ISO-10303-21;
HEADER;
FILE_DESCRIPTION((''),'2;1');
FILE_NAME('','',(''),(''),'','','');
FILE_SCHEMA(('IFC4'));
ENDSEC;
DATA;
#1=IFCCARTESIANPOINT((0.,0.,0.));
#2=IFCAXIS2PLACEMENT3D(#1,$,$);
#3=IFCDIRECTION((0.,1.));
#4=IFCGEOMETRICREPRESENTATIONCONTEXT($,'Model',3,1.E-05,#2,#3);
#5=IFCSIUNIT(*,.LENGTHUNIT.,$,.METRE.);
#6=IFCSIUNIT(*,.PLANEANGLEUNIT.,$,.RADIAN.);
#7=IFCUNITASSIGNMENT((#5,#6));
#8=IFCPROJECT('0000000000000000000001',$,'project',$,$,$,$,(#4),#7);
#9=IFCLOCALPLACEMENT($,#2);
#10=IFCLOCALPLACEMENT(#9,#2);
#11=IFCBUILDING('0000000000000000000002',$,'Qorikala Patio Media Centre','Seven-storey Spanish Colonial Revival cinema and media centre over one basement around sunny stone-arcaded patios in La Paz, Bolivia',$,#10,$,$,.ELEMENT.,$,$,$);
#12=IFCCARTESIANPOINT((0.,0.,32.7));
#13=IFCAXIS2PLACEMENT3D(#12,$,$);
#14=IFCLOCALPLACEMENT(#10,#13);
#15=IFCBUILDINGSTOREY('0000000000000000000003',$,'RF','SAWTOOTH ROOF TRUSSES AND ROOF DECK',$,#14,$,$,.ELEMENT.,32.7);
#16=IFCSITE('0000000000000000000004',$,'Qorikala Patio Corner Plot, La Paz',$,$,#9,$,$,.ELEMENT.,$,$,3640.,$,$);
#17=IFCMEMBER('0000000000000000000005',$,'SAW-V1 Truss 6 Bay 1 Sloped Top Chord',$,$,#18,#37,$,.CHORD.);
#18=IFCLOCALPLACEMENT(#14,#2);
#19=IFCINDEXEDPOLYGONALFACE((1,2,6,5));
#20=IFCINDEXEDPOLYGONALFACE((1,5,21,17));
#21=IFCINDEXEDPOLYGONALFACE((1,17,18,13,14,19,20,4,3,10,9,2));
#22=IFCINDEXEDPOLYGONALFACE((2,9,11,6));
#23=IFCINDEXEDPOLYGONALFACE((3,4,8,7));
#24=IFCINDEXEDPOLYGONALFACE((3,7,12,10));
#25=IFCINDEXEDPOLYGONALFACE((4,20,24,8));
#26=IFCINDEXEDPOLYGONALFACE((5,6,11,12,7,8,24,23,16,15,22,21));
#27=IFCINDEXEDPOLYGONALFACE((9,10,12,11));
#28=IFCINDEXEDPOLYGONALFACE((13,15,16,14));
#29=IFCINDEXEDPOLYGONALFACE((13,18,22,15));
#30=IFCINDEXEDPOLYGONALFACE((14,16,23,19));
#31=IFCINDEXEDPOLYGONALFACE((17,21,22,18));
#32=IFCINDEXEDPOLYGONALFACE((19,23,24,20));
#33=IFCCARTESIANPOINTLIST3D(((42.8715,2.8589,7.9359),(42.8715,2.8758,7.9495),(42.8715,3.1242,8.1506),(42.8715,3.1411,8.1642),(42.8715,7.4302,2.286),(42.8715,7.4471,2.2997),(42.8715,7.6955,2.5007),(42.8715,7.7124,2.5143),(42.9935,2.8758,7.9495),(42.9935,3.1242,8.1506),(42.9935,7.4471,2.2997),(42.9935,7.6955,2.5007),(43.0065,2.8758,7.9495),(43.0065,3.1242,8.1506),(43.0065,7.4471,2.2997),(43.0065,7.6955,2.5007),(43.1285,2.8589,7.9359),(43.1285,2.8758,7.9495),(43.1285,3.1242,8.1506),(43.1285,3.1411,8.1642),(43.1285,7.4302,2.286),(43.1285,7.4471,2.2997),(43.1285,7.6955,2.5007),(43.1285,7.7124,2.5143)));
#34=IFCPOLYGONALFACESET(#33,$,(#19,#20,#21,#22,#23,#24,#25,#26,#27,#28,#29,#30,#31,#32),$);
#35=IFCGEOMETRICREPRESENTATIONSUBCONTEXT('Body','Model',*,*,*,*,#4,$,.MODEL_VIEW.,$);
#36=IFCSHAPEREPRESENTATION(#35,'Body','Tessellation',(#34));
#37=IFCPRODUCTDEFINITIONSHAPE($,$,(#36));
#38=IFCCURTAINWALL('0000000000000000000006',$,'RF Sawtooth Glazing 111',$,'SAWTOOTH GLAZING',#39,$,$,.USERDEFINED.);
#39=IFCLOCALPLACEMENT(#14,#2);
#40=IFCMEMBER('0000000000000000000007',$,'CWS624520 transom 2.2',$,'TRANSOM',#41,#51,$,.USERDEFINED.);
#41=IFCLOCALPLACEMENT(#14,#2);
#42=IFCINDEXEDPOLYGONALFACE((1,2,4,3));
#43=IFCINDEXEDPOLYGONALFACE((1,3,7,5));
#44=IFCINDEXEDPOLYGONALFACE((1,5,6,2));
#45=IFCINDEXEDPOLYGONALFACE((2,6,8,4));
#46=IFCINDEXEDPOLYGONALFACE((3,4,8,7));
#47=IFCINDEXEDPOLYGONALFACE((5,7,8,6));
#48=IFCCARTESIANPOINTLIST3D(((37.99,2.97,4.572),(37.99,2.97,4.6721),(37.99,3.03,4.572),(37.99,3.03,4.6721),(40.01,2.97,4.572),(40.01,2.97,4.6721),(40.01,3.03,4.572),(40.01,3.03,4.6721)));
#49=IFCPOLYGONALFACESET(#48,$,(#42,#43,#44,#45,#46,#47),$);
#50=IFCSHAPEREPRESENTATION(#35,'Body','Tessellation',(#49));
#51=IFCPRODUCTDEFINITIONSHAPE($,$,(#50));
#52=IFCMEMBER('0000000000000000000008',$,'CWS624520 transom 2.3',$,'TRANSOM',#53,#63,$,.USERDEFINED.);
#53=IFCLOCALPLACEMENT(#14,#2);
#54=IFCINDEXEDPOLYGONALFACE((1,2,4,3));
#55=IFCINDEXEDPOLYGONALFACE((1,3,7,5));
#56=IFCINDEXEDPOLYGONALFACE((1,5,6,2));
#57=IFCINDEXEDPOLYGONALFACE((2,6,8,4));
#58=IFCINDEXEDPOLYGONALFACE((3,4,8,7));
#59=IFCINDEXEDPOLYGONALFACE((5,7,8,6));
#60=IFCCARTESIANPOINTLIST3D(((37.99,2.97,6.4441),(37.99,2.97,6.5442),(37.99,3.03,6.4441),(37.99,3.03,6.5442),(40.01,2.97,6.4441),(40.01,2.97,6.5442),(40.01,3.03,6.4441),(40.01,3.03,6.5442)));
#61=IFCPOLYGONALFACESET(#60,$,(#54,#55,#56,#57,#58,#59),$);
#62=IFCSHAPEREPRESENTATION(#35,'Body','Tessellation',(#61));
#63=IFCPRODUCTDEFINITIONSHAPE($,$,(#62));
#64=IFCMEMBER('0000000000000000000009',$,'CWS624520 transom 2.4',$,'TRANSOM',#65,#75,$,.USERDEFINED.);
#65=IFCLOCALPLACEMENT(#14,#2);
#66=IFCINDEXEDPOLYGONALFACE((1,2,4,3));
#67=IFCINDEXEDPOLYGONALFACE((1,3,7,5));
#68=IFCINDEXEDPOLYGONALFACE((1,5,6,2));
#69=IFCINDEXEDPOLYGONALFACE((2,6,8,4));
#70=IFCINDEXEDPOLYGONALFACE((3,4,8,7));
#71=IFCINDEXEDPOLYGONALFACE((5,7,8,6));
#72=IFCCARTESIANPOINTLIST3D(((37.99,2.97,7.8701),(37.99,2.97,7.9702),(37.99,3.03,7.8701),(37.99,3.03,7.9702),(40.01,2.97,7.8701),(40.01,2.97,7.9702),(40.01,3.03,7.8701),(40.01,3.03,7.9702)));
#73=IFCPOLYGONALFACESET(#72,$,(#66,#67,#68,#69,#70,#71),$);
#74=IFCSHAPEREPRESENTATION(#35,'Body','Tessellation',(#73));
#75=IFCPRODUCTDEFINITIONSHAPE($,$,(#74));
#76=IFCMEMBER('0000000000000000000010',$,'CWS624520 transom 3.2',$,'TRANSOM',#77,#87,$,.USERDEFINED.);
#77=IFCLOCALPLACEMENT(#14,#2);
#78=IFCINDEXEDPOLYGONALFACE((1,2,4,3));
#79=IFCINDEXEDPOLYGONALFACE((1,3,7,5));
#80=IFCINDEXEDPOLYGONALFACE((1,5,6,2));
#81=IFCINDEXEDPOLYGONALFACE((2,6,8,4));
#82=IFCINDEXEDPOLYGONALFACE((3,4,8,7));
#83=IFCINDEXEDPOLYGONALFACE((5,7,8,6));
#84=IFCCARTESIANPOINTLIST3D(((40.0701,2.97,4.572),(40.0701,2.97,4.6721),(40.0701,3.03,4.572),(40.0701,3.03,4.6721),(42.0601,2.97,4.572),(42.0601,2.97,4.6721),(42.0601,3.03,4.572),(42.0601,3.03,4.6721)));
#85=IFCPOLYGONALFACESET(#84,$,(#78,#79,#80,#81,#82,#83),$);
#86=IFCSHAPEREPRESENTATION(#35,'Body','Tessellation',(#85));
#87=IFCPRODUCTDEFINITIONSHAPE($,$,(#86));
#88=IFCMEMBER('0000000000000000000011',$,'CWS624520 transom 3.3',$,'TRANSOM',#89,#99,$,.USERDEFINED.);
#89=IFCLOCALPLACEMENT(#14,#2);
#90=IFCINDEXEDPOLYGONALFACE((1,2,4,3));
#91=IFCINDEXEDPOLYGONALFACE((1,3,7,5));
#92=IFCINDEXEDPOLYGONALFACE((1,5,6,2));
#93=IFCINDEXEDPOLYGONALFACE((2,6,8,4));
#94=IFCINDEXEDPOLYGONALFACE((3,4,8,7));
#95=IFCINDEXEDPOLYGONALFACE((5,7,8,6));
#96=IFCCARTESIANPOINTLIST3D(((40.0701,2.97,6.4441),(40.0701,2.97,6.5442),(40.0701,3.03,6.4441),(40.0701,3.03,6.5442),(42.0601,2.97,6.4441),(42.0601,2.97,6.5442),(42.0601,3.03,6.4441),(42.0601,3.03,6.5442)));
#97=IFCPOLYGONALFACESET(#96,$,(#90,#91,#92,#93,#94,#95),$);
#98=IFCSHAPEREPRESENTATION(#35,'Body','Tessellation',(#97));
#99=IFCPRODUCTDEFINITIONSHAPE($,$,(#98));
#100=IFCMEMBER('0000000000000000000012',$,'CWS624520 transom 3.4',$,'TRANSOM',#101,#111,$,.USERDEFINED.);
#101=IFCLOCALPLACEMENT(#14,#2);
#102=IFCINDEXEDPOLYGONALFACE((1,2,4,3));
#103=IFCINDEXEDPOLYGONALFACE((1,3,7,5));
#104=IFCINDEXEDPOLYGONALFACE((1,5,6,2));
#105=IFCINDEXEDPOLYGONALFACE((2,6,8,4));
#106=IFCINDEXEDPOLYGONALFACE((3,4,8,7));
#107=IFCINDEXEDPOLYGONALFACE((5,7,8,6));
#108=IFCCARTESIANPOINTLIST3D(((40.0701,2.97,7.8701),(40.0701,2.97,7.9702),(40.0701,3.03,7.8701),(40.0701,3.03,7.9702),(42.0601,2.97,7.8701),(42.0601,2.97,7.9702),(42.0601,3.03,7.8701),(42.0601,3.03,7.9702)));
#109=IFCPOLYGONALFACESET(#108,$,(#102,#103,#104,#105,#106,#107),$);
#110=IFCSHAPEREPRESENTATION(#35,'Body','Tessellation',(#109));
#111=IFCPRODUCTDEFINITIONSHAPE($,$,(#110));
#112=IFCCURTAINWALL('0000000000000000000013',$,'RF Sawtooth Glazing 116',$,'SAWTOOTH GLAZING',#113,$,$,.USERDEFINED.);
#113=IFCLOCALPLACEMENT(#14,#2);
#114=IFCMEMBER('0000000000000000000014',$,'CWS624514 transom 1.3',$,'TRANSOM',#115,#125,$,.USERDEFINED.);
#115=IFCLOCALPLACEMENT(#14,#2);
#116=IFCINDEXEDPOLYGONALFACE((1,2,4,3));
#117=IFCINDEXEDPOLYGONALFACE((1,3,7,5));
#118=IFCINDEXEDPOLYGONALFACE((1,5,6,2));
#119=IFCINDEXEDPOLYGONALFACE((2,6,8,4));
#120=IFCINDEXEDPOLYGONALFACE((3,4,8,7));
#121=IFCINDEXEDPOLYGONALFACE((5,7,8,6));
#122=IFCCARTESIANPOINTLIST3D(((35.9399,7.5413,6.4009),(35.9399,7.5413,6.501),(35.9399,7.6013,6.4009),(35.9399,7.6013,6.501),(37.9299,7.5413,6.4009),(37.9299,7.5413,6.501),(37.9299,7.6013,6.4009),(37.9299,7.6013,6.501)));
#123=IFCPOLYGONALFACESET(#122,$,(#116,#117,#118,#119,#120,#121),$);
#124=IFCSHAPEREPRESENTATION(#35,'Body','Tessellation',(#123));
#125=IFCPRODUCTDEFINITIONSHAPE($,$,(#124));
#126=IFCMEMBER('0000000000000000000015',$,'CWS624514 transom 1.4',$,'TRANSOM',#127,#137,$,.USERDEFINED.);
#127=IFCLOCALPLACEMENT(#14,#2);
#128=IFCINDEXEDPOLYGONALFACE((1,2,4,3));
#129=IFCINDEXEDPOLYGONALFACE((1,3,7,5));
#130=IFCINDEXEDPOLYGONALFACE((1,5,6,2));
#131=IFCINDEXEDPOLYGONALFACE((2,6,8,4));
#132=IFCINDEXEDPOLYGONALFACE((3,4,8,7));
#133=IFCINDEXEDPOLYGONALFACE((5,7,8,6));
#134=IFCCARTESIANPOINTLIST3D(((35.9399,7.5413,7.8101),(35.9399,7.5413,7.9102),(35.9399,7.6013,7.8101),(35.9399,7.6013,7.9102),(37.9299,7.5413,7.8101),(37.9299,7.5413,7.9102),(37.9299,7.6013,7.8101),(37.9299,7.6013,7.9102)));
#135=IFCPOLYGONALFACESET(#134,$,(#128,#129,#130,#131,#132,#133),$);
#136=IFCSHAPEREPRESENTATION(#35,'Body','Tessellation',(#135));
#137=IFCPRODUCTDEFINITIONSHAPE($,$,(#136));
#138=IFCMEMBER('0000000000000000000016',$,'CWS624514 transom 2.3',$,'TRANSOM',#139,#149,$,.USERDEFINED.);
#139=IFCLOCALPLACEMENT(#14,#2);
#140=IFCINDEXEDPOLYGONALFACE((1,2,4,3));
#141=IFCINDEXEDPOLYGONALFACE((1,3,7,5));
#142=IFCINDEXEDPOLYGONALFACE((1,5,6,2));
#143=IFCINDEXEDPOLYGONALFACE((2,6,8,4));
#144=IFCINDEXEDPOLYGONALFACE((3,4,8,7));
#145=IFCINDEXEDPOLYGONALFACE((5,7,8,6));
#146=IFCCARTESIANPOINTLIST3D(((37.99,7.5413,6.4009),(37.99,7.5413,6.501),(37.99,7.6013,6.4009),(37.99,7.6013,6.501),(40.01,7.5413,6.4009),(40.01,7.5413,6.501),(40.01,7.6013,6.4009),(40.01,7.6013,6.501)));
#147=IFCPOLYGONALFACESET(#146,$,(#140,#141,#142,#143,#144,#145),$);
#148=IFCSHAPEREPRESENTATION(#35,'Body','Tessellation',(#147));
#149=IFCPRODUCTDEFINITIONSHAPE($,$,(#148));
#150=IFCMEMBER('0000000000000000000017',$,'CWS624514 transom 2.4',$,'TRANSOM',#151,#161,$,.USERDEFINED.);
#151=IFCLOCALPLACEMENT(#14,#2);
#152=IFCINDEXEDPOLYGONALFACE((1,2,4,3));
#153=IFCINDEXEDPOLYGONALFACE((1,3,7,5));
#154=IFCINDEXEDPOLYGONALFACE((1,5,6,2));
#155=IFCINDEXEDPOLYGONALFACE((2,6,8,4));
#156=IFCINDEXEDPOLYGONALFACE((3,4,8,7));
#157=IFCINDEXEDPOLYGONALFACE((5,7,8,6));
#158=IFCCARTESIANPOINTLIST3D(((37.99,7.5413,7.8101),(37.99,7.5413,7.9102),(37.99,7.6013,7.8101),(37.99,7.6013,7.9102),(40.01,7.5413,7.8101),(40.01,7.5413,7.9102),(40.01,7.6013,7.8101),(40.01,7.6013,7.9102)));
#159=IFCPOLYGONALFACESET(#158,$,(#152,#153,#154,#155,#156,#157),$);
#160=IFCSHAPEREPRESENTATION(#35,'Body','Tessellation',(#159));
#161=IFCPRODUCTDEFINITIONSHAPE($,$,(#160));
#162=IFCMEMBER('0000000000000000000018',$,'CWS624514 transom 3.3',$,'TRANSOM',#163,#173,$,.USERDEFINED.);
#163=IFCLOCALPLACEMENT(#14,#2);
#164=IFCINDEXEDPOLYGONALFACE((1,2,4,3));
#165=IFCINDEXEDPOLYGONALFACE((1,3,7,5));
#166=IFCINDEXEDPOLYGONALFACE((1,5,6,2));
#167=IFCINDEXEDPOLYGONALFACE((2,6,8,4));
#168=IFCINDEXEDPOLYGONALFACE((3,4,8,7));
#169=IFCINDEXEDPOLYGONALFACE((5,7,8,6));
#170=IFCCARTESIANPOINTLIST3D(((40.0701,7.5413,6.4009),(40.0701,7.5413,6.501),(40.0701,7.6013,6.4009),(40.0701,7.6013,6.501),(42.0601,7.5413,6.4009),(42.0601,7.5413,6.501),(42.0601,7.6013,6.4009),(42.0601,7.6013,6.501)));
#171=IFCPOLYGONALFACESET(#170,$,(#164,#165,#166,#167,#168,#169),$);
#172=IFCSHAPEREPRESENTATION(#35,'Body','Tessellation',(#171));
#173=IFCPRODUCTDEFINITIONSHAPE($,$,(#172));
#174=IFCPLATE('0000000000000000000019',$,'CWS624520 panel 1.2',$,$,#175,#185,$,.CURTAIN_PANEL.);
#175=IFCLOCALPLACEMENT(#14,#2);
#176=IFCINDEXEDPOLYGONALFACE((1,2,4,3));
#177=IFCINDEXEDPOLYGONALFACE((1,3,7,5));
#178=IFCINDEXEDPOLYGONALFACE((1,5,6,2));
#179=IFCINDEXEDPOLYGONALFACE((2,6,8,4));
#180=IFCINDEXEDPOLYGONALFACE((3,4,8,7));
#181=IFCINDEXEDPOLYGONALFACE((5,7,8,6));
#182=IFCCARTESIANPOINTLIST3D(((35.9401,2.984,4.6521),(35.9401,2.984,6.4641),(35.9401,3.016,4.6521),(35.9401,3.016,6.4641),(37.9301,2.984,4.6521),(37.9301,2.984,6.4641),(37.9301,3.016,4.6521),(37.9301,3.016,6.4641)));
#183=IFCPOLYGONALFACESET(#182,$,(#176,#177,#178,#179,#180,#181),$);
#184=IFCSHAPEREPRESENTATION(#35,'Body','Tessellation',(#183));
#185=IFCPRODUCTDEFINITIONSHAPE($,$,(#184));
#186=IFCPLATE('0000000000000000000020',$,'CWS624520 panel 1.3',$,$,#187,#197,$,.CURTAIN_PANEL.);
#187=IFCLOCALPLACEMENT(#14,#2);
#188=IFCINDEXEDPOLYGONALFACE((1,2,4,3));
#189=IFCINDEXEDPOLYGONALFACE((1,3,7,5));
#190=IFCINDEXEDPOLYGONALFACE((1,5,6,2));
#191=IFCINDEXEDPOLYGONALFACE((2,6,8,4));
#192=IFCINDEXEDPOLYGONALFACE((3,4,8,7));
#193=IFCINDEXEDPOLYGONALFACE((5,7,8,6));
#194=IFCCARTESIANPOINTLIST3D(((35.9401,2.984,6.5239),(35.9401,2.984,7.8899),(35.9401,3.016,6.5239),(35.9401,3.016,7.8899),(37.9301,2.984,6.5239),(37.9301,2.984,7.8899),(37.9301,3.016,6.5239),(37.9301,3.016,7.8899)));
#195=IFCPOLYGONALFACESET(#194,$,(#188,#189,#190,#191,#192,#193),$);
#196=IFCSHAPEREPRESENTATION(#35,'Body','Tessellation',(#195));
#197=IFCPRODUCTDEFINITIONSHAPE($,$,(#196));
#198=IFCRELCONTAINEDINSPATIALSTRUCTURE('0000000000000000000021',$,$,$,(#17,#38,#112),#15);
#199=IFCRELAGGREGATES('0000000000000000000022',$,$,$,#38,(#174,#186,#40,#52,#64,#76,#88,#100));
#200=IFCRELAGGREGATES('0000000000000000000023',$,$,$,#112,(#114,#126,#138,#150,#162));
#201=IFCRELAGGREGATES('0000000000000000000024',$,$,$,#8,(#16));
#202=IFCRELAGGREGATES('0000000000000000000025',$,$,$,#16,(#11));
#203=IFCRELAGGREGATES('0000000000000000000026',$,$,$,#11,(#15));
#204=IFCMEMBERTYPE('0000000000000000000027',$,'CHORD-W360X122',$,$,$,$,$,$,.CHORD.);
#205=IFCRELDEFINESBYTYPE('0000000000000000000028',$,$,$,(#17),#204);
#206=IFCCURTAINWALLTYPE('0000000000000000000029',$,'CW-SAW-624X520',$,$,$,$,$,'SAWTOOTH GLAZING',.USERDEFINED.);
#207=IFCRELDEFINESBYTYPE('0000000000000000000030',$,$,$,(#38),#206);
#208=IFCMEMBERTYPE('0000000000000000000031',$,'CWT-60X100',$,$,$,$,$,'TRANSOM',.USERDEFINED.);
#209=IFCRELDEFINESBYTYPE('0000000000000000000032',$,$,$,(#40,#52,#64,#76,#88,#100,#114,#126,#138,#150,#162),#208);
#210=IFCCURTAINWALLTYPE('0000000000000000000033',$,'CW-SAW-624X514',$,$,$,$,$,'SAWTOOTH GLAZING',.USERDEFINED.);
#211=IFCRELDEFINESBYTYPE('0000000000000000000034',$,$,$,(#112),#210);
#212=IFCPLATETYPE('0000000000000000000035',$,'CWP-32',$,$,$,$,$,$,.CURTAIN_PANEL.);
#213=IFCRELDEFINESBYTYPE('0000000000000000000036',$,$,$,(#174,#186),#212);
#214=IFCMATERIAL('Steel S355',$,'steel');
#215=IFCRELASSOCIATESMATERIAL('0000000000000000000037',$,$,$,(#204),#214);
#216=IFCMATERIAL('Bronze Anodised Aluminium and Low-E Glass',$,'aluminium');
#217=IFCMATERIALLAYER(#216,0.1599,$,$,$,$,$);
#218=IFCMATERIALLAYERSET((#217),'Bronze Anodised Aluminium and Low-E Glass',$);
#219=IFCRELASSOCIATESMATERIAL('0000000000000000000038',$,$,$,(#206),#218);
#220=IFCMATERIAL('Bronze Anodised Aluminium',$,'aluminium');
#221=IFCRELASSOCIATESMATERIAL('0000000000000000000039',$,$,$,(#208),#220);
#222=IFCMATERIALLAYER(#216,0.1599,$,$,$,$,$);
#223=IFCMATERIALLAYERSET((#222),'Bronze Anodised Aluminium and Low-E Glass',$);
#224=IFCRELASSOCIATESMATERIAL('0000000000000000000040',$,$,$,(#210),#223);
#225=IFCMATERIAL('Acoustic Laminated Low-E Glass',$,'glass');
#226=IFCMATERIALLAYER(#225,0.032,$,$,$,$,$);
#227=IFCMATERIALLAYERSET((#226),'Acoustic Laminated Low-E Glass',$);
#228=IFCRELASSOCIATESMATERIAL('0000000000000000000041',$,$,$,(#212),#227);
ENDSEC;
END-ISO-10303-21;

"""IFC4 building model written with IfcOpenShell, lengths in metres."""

from ifc_helpers import new_model, si_unit, direction, frame, origin, origin_2d, place, context, subcontext, project, spatial, rectangle, i_section, extrude, material, layer, layer_set, material_profile, profile_set, type_object, element, aggregate, save


model = new_model("IFC4")

# Units and contexts
model_context = context("Model", 3, precision=1e-05, world=origin(), true_north=direction((0.0, 1.0)))
body_context = subcontext(model_context, "Body", "Model", "MODEL_VIEW")
ifc_project = project(units=[si_unit("LENGTHUNIT", "METRE"), si_unit("PLANEANGLEUNIT", "RADIAN")], contexts=[model_context])

# Site, building, storey
site_placement = place(None, origin())
site = spatial("IfcSite", under=ifc_project, at=site_placement, Name="Qorikala Patio Corner Plot, La Paz", CompositionType="ELEMENT", RefElevation=3640.0)
building_placement = place(site_placement, origin())
building = spatial("IfcBuilding", under=site, at=building_placement, Name="Qorikala Patio Media Centre", Description="Seven-storey Spanish Colonial Revival cinema and media centre over one basement around sunny stone-arcaded patios in La Paz, Bolivia", CompositionType="ELEMENT")
storey_placement = place(building_placement, frame((0.0, 0.0, 32.7)))
storey = spatial("IfcBuildingStorey", under=building, at=storey_placement, Name="RF", Description="SAWTOOTH ROOF TRUSSES AND ROOF DECK", CompositionType="ELEMENT", Elevation=32.7)

# Member
ifc_material_1 = material(Name="Steel S355", Category="steel")
ifc_material_profile_1 = material_profile(ifc_material_1, i_section(OverallWidth=0.2571, OverallDepth=0.363, WebThickness=0.0129, FlangeThickness=0.0217, at=origin_2d()), Name="W360X122")
ifc_profile_set_1 = profile_set([ifc_material_profile_1], Name="Steel S355")
member_type_1 = type_object("IfcMemberType", Name="CHORD-W360X122", PredefinedType="CHORD", material=ifc_profile_set_1)
member_1_placement = place(storey_placement, frame((43.0, 3.0, 8.05), z_axis=(0.0, 0.628995, -0.777409), x_axis=(-1.0, 0.0, 0.0)))
element("IfcMember", 1, at=member_1_placement, inside=storey, type_object=member_type_1, Name="SAW-V1 Truss 6 Bay 1 Sloped Top Chord", PredefinedType="CHORD", context=body_context, shape_type="SweptSolid", body=[
    extrude(i_section(OverallWidth=0.2571, OverallDepth=0.363, WebThickness=0.0129, FlangeThickness=0.0217, at=origin_2d()), origin(), (0.0, 0.0, 1.0), 7.2676),
])

# Curtain walls, members
ifc_material_2 = material(Name="Bronze Anodised Aluminium and Low-E Glass", Category="aluminium")
ifc_layer_1 = layer(ifc_material_2, 0.1599)
ifc_layer_set_1 = layer_set([ifc_layer_1], Name="Bronze Anodised Aluminium and Low-E Glass")
curtain_wall_type_1 = type_object("IfcCurtainWallType", Name="CW-SAW-624X520", ElementType="SAWTOOTH GLAZING", PredefinedType="USERDEFINED", material=ifc_layer_set_1)
curtain_wall_1_placement = place(storey_placement, origin())
curtain_wall_1 = element("IfcCurtainWall", 2, at=curtain_wall_1_placement, inside=storey, type_object=curtain_wall_type_1, Name="RF Sawtooth Glazing 111", ObjectType="SAWTOOTH GLAZING", PredefinedType="USERDEFINED")
ifc_material_3 = material(Name="Bronze Anodised Aluminium", Category="aluminium")
ifc_material_profile_2 = material_profile(ifc_material_3, rectangle(XDim=0.0601, YDim=0.1001, at=origin_2d()), Name="ALU TRANSOM 60x100")
ifc_profile_set_2 = profile_set([ifc_material_profile_2], Name="Bronze Anodised Aluminium")
member_type_2 = type_object("IfcMemberType", Name="CWT-60X100", ElementType="TRANSOM", PredefinedType="USERDEFINED", material=ifc_profile_set_2)
member_2_placement = place(storey_placement, frame((37.99, 3.0, 4.6221), z_axis=(1.0, 0.0, 0.0), x_axis=(0.0, 1.0, 0.0)))
member_2 = element("IfcMember", 3, at=member_2_placement, type_object=member_type_2, Name="CWS624520 transom 2.2", ObjectType="TRANSOM", PredefinedType="USERDEFINED", context=body_context, shape_type="SweptSolid", body=[
    extrude(rectangle(XDim=0.0601, YDim=0.1001, at=origin_2d()), origin(), (0.0, 0.0, 1.0), 2.02),
])
member_3_placement = place(storey_placement, frame((37.99, 3.0, 6.4941), z_axis=(1.0, 0.0, 0.0), x_axis=(0.0, 1.0, 0.0)))
member_3 = element("IfcMember", 4, at=member_3_placement, type_object=member_type_2, Name="CWS624520 transom 2.3", ObjectType="TRANSOM", PredefinedType="USERDEFINED", context=body_context, shape_type="SweptSolid", body=[
    extrude(rectangle(XDim=0.0601, YDim=0.1001, at=origin_2d()), origin(), (0.0, 0.0, 1.0), 2.02),
])
member_4_placement = place(storey_placement, frame((37.99, 3.0, 7.9202), z_axis=(1.0, 0.0, 0.0), x_axis=(0.0, 1.0, 0.0)))
member_4 = element("IfcMember", 5, at=member_4_placement, type_object=member_type_2, Name="CWS624520 transom 2.4", ObjectType="TRANSOM", PredefinedType="USERDEFINED", context=body_context, shape_type="SweptSolid", body=[
    extrude(rectangle(XDim=0.0601, YDim=0.1001, at=origin_2d()), origin(), (0.0, 0.0, 1.0), 2.02),
])
member_5_placement = place(storey_placement, frame((40.0701, 3.0, 4.6221), z_axis=(1.0, 0.0, 0.0), x_axis=(0.0, 1.0, 0.0)))
member_5 = element("IfcMember", 6, at=member_5_placement, type_object=member_type_2, Name="CWS624520 transom 3.2", ObjectType="TRANSOM", PredefinedType="USERDEFINED", context=body_context, shape_type="SweptSolid", body=[
    extrude(rectangle(XDim=0.0601, YDim=0.1001, at=origin_2d()), origin(), (0.0, 0.0, 1.0), 1.99),
])
member_6_placement = place(storey_placement, frame((40.0701, 3.0, 6.4941), z_axis=(1.0, 0.0, 0.0), x_axis=(0.0, 1.0, 0.0)))
member_6 = element("IfcMember", 7, at=member_6_placement, type_object=member_type_2, Name="CWS624520 transom 3.3", ObjectType="TRANSOM", PredefinedType="USERDEFINED", context=body_context, shape_type="SweptSolid", body=[
    extrude(rectangle(XDim=0.0601, YDim=0.1001, at=origin_2d()), origin(), (0.0, 0.0, 1.0), 1.99),
])
member_7_placement = place(storey_placement, frame((40.0701, 3.0, 7.9202), z_axis=(1.0, 0.0, 0.0), x_axis=(0.0, 1.0, 0.0)))
member_7 = element("IfcMember", 8, at=member_7_placement, type_object=member_type_2, Name="CWS624520 transom 3.4", ObjectType="TRANSOM", PredefinedType="USERDEFINED", context=body_context, shape_type="SweptSolid", body=[
    extrude(rectangle(XDim=0.0601, YDim=0.1001, at=origin_2d()), origin(), (0.0, 0.0, 1.0), 1.99),
])
ifc_layer_2 = layer(ifc_material_2, 0.1599)
ifc_layer_set_2 = layer_set([ifc_layer_2], Name="Bronze Anodised Aluminium and Low-E Glass")
curtain_wall_type_2 = type_object("IfcCurtainWallType", Name="CW-SAW-624X514", ElementType="SAWTOOTH GLAZING", PredefinedType="USERDEFINED", material=ifc_layer_set_2)
curtain_wall_2_placement = place(storey_placement, origin())
curtain_wall_2 = element("IfcCurtainWall", 9, at=curtain_wall_2_placement, inside=storey, type_object=curtain_wall_type_2, Name="RF Sawtooth Glazing 116", ObjectType="SAWTOOTH GLAZING", PredefinedType="USERDEFINED")
member_8_placement = place(storey_placement, frame((35.9399, 7.5713, 6.4509), z_axis=(1.0, 0.0, 0.0), x_axis=(0.0, 1.0, 0.0)))
member_8 = element("IfcMember", 10, at=member_8_placement, type_object=member_type_2, Name="CWS624514 transom 1.3", ObjectType="TRANSOM", PredefinedType="USERDEFINED", context=body_context, shape_type="SweptSolid", body=[
    extrude(rectangle(XDim=0.0601, YDim=0.1001, at=origin_2d()), origin(), (0.0, 0.0, 1.0), 1.99),
])
member_9_placement = place(storey_placement, frame((35.9399, 7.5713, 7.8601), z_axis=(1.0, 0.0, 0.0), x_axis=(0.0, 1.0, 0.0)))
member_9 = element("IfcMember", 11, at=member_9_placement, type_object=member_type_2, Name="CWS624514 transom 1.4", ObjectType="TRANSOM", PredefinedType="USERDEFINED", context=body_context, shape_type="SweptSolid", body=[
    extrude(rectangle(XDim=0.0601, YDim=0.1001, at=origin_2d()), origin(), (0.0, 0.0, 1.0), 1.99),
])
member_10_placement = place(storey_placement, frame((37.99, 7.5713, 6.4509), z_axis=(1.0, 0.0, 0.0), x_axis=(0.0, 1.0, 0.0)))
member_10 = element("IfcMember", 12, at=member_10_placement, type_object=member_type_2, Name="CWS624514 transom 2.3", ObjectType="TRANSOM", PredefinedType="USERDEFINED", context=body_context, shape_type="SweptSolid", body=[
    extrude(rectangle(XDim=0.0601, YDim=0.1001, at=origin_2d()), origin(), (0.0, 0.0, 1.0), 2.02),
])
member_11_placement = place(storey_placement, frame((37.99, 7.5713, 7.8601), z_axis=(1.0, 0.0, 0.0), x_axis=(0.0, 1.0, 0.0)))
member_11 = element("IfcMember", 13, at=member_11_placement, type_object=member_type_2, Name="CWS624514 transom 2.4", ObjectType="TRANSOM", PredefinedType="USERDEFINED", context=body_context, shape_type="SweptSolid", body=[
    extrude(rectangle(XDim=0.0601, YDim=0.1001, at=origin_2d()), origin(), (0.0, 0.0, 1.0), 2.02),
])
member_12_placement = place(storey_placement, frame((40.0701, 7.5713, 6.4509), z_axis=(1.0, 0.0, 0.0), x_axis=(0.0, 1.0, 0.0)))
member_12 = element("IfcMember", 14, at=member_12_placement, type_object=member_type_2, Name="CWS624514 transom 3.3", ObjectType="TRANSOM", PredefinedType="USERDEFINED", context=body_context, shape_type="SweptSolid", body=[
    extrude(rectangle(XDim=0.0601, YDim=0.1001, at=origin_2d()), origin(), (0.0, 0.0, 1.0), 1.99),
])

# Plates
ifc_material_4 = material(Name="Acoustic Laminated Low-E Glass", Category="glass")
ifc_layer_3 = layer(ifc_material_4, 0.032)
ifc_layer_set_3 = layer_set([ifc_layer_3], Name="Acoustic Laminated Low-E Glass")
plate_type_1 = type_object("IfcPlateType", Name="CWP-32", PredefinedType="CURTAIN_PANEL", material=ifc_layer_set_3)
plate_1_placement = place(storey_placement, frame((36.9351, 3.0, 4.6521), z_axis=(0.0, 0.0, 1.0), x_axis=(1.0, 0.0, 0.0)))
plate_1 = element("IfcPlate", 15, at=plate_1_placement, type_object=plate_type_1, Name="CWS624520 panel 1.2", PredefinedType="CURTAIN_PANEL", context=body_context, shape_type="SweptSolid", body=[
    extrude(rectangle(XDim=1.99, YDim=0.032, at=origin_2d()), origin(), (0.0, 0.0, 1.0), 1.812),
])
plate_2_placement = place(storey_placement, frame((36.9351, 3.0, 6.5239), z_axis=(0.0, 0.0, 1.0), x_axis=(1.0, 0.0, 0.0)))
plate_2 = element("IfcPlate", 16, at=plate_2_placement, type_object=plate_type_1, Name="CWS624520 panel 1.3", PredefinedType="CURTAIN_PANEL", context=body_context, shape_type="SweptSolid", body=[
    extrude(rectangle(XDim=1.99, YDim=0.032, at=origin_2d()), origin(), (0.0, 0.0, 1.0), 1.366),
])
aggregate(curtain_wall_1, [plate_1, plate_2, member_2, member_3, member_4, member_5, member_6, member_7])
aggregate(curtain_wall_2, [member_8, member_9, member_10, member_11, member_12])

save(model, "model.ifc")
